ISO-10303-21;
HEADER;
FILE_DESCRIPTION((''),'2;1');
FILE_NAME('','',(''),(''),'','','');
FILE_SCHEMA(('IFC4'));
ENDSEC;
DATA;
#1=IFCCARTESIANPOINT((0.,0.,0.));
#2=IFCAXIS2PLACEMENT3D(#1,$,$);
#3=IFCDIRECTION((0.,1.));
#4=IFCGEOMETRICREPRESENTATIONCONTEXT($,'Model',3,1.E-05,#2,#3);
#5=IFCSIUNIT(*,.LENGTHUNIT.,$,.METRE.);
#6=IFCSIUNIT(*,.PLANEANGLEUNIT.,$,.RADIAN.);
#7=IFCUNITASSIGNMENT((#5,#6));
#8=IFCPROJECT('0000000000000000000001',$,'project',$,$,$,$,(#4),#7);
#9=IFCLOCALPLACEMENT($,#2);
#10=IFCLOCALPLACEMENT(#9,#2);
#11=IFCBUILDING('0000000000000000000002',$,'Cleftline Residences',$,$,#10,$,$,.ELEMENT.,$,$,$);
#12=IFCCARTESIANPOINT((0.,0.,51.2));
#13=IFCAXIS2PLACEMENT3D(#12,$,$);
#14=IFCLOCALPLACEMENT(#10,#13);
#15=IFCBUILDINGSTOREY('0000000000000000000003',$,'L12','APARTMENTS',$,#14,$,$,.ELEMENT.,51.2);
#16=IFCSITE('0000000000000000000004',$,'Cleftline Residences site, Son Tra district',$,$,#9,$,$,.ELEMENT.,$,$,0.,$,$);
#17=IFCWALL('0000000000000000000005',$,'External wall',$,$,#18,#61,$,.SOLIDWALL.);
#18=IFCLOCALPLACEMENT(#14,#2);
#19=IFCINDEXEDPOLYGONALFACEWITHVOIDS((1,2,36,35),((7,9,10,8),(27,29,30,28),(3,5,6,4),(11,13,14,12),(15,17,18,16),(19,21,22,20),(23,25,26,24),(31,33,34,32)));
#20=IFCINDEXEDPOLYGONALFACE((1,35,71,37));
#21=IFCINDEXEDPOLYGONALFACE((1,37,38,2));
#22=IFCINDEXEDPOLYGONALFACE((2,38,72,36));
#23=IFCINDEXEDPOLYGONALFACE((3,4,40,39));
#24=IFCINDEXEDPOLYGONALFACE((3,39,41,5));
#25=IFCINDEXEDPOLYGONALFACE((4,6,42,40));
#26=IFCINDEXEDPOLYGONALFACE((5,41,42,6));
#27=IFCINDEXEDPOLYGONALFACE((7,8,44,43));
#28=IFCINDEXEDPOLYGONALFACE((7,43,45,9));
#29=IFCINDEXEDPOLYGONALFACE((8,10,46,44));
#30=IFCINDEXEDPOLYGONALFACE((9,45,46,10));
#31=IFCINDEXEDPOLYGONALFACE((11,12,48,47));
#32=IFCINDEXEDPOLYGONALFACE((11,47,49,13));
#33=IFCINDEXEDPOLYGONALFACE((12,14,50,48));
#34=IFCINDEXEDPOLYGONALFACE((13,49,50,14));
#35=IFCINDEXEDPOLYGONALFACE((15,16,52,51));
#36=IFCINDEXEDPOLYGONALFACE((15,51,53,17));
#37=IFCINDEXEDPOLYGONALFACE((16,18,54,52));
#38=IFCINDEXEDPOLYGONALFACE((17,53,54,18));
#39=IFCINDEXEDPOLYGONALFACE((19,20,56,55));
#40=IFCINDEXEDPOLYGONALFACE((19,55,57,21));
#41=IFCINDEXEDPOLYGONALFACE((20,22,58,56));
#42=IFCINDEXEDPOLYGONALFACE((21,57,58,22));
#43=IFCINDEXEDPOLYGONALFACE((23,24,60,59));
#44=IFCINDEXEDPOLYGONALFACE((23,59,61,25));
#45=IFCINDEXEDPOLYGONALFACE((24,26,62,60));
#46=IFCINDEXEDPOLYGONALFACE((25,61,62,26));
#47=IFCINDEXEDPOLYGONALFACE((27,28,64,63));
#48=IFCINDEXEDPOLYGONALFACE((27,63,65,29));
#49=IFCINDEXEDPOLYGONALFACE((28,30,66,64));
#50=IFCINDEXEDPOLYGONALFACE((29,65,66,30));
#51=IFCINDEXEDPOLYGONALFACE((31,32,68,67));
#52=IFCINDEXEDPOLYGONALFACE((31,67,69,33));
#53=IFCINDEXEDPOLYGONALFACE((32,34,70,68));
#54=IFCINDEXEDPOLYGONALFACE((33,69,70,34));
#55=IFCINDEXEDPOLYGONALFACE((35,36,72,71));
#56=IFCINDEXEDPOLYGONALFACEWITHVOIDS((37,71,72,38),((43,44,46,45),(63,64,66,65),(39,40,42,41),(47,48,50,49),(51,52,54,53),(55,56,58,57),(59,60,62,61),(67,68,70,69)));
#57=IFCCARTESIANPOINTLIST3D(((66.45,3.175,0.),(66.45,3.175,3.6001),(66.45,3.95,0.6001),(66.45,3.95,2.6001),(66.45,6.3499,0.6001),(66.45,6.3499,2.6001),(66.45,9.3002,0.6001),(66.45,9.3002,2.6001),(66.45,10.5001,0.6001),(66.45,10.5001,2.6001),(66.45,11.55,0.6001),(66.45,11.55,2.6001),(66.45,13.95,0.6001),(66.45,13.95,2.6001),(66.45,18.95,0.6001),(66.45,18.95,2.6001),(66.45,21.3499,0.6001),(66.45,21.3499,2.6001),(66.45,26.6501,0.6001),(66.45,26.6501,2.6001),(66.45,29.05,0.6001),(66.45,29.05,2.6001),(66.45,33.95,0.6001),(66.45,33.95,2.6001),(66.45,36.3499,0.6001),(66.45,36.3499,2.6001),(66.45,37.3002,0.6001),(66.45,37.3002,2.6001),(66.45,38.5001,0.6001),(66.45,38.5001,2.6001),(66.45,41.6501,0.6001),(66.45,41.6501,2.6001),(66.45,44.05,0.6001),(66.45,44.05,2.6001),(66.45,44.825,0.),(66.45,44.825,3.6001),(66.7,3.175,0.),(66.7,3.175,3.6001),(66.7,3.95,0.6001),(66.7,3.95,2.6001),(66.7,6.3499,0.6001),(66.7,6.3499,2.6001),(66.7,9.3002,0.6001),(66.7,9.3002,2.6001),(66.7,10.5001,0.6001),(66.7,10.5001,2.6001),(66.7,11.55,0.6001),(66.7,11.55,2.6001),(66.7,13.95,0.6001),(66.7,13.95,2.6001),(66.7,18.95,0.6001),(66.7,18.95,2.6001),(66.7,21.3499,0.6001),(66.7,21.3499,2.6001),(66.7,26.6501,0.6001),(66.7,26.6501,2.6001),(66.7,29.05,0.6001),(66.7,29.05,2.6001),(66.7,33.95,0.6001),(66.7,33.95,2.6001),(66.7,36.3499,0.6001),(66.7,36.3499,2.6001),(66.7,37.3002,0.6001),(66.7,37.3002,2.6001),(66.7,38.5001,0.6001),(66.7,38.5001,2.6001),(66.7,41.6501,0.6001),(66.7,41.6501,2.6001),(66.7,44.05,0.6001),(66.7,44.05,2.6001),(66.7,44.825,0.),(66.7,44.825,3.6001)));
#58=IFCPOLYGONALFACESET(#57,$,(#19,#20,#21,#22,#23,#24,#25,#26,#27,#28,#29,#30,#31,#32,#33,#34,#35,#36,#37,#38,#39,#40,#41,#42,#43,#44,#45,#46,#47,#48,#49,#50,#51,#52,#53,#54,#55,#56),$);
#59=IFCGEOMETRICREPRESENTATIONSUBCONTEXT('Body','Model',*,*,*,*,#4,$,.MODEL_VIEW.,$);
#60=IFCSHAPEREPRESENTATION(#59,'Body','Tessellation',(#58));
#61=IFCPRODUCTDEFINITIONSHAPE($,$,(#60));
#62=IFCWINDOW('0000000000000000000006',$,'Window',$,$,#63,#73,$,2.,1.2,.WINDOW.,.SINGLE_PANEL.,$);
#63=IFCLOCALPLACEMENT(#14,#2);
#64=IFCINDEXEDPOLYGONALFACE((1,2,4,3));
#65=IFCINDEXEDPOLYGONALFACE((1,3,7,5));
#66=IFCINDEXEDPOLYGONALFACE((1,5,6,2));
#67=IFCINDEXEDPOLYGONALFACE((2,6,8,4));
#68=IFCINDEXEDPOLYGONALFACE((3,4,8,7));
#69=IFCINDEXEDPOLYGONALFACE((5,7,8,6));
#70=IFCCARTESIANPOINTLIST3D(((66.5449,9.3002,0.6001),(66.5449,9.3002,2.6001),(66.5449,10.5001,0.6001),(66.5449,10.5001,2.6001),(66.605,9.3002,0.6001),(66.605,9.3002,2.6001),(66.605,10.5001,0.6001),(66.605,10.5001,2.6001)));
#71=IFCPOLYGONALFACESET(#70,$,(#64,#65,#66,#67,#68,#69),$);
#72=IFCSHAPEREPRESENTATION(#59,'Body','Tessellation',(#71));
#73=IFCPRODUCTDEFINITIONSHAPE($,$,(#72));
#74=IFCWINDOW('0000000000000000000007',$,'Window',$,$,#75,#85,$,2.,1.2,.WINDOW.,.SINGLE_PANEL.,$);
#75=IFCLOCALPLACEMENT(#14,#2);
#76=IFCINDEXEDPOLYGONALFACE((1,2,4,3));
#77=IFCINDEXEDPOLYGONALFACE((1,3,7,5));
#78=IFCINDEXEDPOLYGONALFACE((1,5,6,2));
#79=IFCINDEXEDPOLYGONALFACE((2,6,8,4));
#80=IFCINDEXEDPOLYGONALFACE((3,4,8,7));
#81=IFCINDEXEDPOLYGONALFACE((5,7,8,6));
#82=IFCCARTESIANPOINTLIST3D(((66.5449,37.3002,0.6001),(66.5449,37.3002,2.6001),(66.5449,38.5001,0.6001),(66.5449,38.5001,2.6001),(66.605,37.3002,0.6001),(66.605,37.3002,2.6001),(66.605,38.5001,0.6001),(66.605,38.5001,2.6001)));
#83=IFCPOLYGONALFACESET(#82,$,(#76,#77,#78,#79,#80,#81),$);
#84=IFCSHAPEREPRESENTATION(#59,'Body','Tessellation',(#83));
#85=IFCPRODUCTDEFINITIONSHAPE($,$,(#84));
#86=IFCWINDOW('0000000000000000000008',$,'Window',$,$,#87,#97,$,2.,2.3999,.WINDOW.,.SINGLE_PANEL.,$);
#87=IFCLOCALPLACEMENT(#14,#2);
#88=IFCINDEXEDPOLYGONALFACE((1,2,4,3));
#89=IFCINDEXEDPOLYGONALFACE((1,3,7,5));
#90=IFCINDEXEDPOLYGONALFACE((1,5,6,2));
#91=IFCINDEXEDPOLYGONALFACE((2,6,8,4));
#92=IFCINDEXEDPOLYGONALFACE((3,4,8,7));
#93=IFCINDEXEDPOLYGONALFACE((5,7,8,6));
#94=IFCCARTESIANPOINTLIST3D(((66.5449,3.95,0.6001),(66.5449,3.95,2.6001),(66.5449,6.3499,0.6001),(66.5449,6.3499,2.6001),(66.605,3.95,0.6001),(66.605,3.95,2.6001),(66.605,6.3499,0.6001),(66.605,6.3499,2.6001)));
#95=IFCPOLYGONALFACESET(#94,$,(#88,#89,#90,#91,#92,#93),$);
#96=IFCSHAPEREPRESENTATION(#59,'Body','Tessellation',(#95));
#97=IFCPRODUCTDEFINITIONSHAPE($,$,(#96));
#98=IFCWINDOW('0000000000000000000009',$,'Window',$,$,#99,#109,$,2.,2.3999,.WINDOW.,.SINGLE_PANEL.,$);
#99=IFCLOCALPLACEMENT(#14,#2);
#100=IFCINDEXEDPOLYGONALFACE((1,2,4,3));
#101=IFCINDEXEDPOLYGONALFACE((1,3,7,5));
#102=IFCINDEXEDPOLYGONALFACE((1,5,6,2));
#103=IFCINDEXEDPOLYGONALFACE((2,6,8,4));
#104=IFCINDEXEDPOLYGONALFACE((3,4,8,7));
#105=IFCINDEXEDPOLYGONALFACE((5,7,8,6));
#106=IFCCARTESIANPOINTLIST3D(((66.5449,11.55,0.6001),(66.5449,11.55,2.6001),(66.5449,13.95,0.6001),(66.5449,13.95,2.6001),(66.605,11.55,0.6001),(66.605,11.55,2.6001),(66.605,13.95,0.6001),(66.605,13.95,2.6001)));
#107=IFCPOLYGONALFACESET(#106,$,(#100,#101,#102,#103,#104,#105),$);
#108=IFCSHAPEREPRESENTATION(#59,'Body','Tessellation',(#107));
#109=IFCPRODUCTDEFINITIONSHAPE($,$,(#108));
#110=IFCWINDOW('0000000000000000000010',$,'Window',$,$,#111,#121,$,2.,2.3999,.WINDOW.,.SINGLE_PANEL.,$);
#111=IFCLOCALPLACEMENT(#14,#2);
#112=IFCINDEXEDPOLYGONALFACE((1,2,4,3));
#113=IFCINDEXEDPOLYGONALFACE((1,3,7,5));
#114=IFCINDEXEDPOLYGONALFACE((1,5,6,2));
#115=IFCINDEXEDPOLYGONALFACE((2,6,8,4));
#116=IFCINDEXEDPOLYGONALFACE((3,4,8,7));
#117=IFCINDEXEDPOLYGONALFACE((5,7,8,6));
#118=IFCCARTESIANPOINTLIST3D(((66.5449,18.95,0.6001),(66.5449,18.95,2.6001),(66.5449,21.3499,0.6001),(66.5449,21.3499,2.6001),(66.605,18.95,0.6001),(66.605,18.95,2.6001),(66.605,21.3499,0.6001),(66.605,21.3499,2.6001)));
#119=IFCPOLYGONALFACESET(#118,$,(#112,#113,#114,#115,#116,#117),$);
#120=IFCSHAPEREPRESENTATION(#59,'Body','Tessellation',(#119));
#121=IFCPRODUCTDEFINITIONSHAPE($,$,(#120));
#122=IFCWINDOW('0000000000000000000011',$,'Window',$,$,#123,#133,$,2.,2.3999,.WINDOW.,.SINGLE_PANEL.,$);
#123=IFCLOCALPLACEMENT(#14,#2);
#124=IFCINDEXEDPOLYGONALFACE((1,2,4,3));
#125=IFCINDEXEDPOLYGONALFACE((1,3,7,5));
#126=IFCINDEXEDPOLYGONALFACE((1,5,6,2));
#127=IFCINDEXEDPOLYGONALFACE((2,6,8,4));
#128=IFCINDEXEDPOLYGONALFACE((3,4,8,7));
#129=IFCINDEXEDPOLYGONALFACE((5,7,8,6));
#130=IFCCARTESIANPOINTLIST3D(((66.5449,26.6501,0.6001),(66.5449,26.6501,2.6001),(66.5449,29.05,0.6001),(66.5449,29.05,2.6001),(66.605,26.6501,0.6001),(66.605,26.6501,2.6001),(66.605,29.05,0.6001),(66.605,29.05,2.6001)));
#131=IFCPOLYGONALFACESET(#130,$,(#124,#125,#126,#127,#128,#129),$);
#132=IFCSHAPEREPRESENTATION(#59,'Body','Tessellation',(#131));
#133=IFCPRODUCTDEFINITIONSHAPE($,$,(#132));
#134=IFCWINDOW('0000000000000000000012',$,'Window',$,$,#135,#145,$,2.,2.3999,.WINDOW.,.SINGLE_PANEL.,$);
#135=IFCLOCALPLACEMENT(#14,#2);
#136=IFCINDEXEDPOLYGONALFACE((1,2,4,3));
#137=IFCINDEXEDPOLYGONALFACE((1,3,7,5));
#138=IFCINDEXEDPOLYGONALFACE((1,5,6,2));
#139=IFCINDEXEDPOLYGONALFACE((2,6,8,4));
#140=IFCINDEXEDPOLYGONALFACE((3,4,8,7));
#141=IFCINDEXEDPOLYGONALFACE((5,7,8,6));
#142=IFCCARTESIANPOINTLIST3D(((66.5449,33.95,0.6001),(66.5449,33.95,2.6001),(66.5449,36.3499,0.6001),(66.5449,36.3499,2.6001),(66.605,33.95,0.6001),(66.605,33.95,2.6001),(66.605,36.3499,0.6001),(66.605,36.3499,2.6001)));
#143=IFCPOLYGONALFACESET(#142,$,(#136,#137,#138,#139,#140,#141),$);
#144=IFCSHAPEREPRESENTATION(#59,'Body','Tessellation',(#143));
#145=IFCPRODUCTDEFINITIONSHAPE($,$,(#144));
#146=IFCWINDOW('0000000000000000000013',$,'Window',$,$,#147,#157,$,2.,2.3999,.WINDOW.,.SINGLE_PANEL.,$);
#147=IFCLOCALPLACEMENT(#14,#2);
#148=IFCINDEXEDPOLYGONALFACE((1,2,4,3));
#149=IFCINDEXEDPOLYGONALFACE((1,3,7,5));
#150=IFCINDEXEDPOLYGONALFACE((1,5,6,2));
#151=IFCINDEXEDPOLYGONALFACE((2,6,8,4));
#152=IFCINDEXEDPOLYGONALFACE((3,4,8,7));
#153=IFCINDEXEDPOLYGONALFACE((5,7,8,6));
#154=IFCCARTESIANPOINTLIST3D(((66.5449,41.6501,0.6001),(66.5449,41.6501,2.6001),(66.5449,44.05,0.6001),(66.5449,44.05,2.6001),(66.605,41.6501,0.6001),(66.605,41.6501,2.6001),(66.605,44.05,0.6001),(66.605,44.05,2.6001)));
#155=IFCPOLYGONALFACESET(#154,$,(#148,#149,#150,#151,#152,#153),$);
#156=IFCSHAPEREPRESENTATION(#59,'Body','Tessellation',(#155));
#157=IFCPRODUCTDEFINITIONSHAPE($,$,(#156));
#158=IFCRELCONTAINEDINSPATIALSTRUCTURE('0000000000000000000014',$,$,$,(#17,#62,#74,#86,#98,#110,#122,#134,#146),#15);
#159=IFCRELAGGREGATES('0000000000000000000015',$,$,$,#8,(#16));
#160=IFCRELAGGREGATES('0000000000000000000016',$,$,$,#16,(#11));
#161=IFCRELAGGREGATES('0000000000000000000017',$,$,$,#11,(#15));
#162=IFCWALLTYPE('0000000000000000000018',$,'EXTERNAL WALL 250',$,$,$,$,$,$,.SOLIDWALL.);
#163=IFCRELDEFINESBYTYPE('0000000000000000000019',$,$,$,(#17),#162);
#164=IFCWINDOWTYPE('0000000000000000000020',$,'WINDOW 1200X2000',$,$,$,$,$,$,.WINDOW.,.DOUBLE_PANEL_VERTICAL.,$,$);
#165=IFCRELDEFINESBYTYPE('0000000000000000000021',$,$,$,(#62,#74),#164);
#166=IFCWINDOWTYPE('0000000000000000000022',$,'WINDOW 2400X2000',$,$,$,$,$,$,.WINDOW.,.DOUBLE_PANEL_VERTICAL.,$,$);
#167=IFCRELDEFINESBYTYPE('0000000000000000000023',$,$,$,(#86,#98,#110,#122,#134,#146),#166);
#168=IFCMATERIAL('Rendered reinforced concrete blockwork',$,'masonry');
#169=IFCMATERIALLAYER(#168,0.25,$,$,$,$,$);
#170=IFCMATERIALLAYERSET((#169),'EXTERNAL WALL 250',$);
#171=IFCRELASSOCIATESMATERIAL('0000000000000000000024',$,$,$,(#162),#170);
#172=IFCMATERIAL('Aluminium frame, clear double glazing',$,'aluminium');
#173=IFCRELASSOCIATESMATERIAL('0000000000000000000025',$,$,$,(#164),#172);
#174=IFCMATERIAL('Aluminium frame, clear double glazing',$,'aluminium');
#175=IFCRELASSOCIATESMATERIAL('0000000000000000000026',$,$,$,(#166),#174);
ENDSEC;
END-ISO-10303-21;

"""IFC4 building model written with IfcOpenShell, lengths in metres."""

from ifc_helpers import new_model, si_unit, direction, frame, frame_2d, origin, place, context, subcontext, project, spatial, rectangle, extrude, material, layer, layer_set, type_object, element, fill, save


model = new_model("IFC4")

# Units and contexts
model_context = context("Model", 3, precision=1e-05, world=origin(), true_north=direction((0.0, 1.0)))
body_context = subcontext(model_context, "Body", "Model", "MODEL_VIEW")
ifc_project = project(units=[si_unit("LENGTHUNIT", "METRE"), si_unit("PLANEANGLEUNIT", "RADIAN")], contexts=[model_context])

# Site, building, storey
site_placement = place(None, origin())
site = spatial("IfcSite", under=ifc_project, at=site_placement, Name="Cleftline Residences site, Son Tra district", CompositionType="ELEMENT", RefElevation=0.0)
building_placement = place(site_placement, origin())
building = spatial("IfcBuilding", under=site, at=building_placement, Name="Cleftline Residences", CompositionType="ELEMENT")
storey_placement = place(building_placement, frame((0.0, 0.0, 51.2)))
storey = spatial("IfcBuildingStorey", under=building, at=storey_placement, Name="L12", Description="APARTMENTS", CompositionType="ELEMENT", Elevation=51.2)

# Wall, openings, windows
ifc_material_1 = material(Name="Rendered reinforced concrete blockwork", Category="masonry")
ifc_layer_1 = layer(ifc_material_1, 0.25)
ifc_layer_set_1 = layer_set([ifc_layer_1], Name="EXTERNAL WALL 250")
wall_type_1 = type_object("IfcWallType", Name="EXTERNAL WALL 250", PredefinedType="SOLIDWALL", material=ifc_layer_set_1)
ifc_material_2 = material(Name="Aluminium frame, clear double glazing", Category="aluminium")
window_type_1 = type_object("IfcWindowType", Name="WINDOW 1200X2000", PartitioningType="DOUBLE_PANEL_VERTICAL", PredefinedType="WINDOW", material=ifc_material_2)
wall_1_placement = place(storey_placement, frame((66.575, 3.175, 0.0), z_axis=(0.0, 0.0, 1.0), x_axis=(0.0, 1.0, 0.0)))
wall_1 = element("IfcWall", 1, at=wall_1_placement, inside=storey, type_object=wall_type_1, Name="External wall", PredefinedType="SOLIDWALL", context=body_context, shape_type="SweptSolid", body=[
    extrude(rectangle(XDim=41.6499, YDim=0.25, at=frame_2d((20.825, 0.0))), origin(), (0.0, 0.0, 1.0), 3.6001),
])
opening_1_placement = place(wall_1_placement, frame((0.7749, 0.0, 0.6001)))
opening_1 = element("IfcOpeningElement", 2, at=opening_1_placement, cuts=wall_1, PredefinedType="OPENING", context=body_context, shape_type="SweptSolid", body=[
    extrude(rectangle(XDim=2.3999, YDim=2.0, at=frame_2d((1.2, 1.0))), frame((0.0, 0.135, 0.0), z_axis=(0.0, -1.0, 0.0), x_axis=(1.0, 0.0, 0.0)), (0.0, 0.0, 1.0), 0.27),
])
opening_2_placement = place(wall_1_placement, frame((6.125, 0.0, 0.6001)))
opening_2 = element("IfcOpeningElement", 3, at=opening_2_placement, cuts=wall_1, PredefinedType="OPENING", context=body_context, shape_type="SweptSolid", body=[
    extrude(rectangle(XDim=1.2, YDim=2.0, at=frame_2d((0.6001, 1.0))), frame((0.0, 0.135, 0.0), z_axis=(0.0, -1.0, 0.0), x_axis=(1.0, 0.0, 0.0)), (0.0, 0.0, 1.0), 0.27),
])
opening_3_placement = place(wall_1_placement, frame((8.375, 0.0, 0.6001)))
opening_3 = element("IfcOpeningElement", 4, at=opening_3_placement, cuts=wall_1, PredefinedType="OPENING", context=body_context, shape_type="SweptSolid", body=[
    extrude(rectangle(XDim=2.3999, YDim=2.0, at=frame_2d((1.2, 1.0))), frame((0.0, 0.135, 0.0), z_axis=(0.0, -1.0, 0.0), x_axis=(1.0, 0.0, 0.0)), (0.0, 0.0, 1.0), 0.27),
])
opening_4_placement = place(wall_1_placement, frame((15.7749, 0.0, 0.6001)))
opening_4 = element("IfcOpeningElement", 5, at=opening_4_placement, cuts=wall_1, PredefinedType="OPENING", context=body_context, shape_type="SweptSolid", body=[
    extrude(rectangle(XDim=2.3999, YDim=2.0, at=frame_2d((1.2, 1.0))), frame((0.0, 0.135, 0.0), z_axis=(0.0, -1.0, 0.0), x_axis=(1.0, 0.0, 0.0)), (0.0, 0.0, 1.0), 0.27),
])
opening_5_placement = place(wall_1_placement, frame((23.4751, 0.0, 0.6001)))
opening_5 = element("IfcOpeningElement", 6, at=opening_5_placement, cuts=wall_1, PredefinedType="OPENING", context=body_context, shape_type="SweptSolid", body=[
    extrude(rectangle(XDim=2.3999, YDim=2.0, at=frame_2d((1.2, 1.0))), frame((0.0, 0.135, 0.0), z_axis=(0.0, -1.0, 0.0), x_axis=(1.0, 0.0, 0.0)), (0.0, 0.0, 1.0), 0.27),
])
opening_6_placement = place(wall_1_placement, frame((30.7749, 0.0, 0.6001)))
opening_6 = element("IfcOpeningElement", 7, at=opening_6_placement, cuts=wall_1, PredefinedType="OPENING", context=body_context, shape_type="SweptSolid", body=[
    extrude(rectangle(XDim=2.3999, YDim=2.0, at=frame_2d((1.2, 1.0))), frame((0.0, 0.135, 0.0), z_axis=(0.0, -1.0, 0.0), x_axis=(1.0, 0.0, 0.0)), (0.0, 0.0, 1.0), 0.27),
])
opening_7_placement = place(wall_1_placement, frame((34.125, 0.0, 0.6001)))
opening_7 = element("IfcOpeningElement", 8, at=opening_7_placement, cuts=wall_1, PredefinedType="OPENING", context=body_context, shape_type="SweptSolid", body=[
    extrude(rectangle(XDim=1.2, YDim=2.0, at=frame_2d((0.6001, 1.0))), frame((0.0, 0.135, 0.0), z_axis=(0.0, -1.0, 0.0), x_axis=(1.0, 0.0, 0.0)), (0.0, 0.0, 1.0), 0.27),
])
opening_8_placement = place(wall_1_placement, frame((38.4751, 0.0, 0.6001)))
opening_8 = element("IfcOpeningElement", 9, at=opening_8_placement, cuts=wall_1, PredefinedType="OPENING", context=body_context, shape_type="SweptSolid", body=[
    extrude(rectangle(XDim=2.3999, YDim=2.0, at=frame_2d((1.2, 1.0))), frame((0.0, 0.135, 0.0), z_axis=(0.0, -1.0, 0.0), x_axis=(1.0, 0.0, 0.0)), (0.0, 0.0, 1.0), 0.27),
])
window_1_placement = place(opening_2_placement, origin())
window_1 = element("IfcWindow", 10, at=window_1_placement, inside=storey, type_object=window_type_1, Name="Window", OverallHeight=2.0, OverallWidth=1.2, PartitioningType="SINGLE_PANEL", PredefinedType="WINDOW", context=body_context, shape_type="SweptSolid", body=[
    extrude(rectangle(XDim=1.2, YDim=2.0, at=frame_2d((0.6001, 1.0))), frame((0.0, 0.03, 0.0), z_axis=(0.0, -1.0, 0.0), x_axis=(1.0, 0.0, 0.0)), (0.0, 0.0, 1.0), 0.0601),
])
fill(opening_2, window_1)
window_2_placement = place(opening_7_placement, origin())
window_2 = element("IfcWindow", 11, at=window_2_placement, inside=storey, type_object=window_type_1, Name="Window", OverallHeight=2.0, OverallWidth=1.2, PartitioningType="SINGLE_PANEL", PredefinedType="WINDOW", context=body_context, shape_type="SweptSolid", body=[
    extrude(rectangle(XDim=1.2, YDim=2.0, at=frame_2d((0.6001, 1.0))), frame((0.0, 0.03, 0.0), z_axis=(0.0, -1.0, 0.0), x_axis=(1.0, 0.0, 0.0)), (0.0, 0.0, 1.0), 0.0601),
])
fill(opening_7, window_2)
ifc_material_3 = material(Name="Aluminium frame, clear double glazing", Category="aluminium")
window_type_2 = type_object("IfcWindowType", Name="WINDOW 2400X2000", PartitioningType="DOUBLE_PANEL_VERTICAL", PredefinedType="WINDOW", material=ifc_material_3)
window_3_placement = place(opening_1_placement, origin())
window_3 = element("IfcWindow", 12, at=window_3_placement, inside=storey, type_object=window_type_2, Name="Window", OverallHeight=2.0, OverallWidth=2.3999, PartitioningType="SINGLE_PANEL", PredefinedType="WINDOW", context=body_context, shape_type="SweptSolid", body=[
    extrude(rectangle(XDim=2.3999, YDim=2.0, at=frame_2d((1.2, 1.0))), frame((0.0, 0.03, 0.0), z_axis=(0.0, -1.0, 0.0), x_axis=(1.0, 0.0, 0.0)), (0.0, 0.0, 1.0), 0.0601),
])
fill(opening_1, window_3)
window_4_placement = place(opening_3_placement, origin())
window_4 = element("IfcWindow", 13, at=window_4_placement, inside=storey, type_object=window_type_2, Name="Window", OverallHeight=2.0, OverallWidth=2.3999, PartitioningType="SINGLE_PANEL", PredefinedType="WINDOW", context=body_context, shape_type="SweptSolid", body=[
    extrude(rectangle(XDim=2.3999, YDim=2.0, at=frame_2d((1.2, 1.0))), frame((0.0, 0.03, 0.0), z_axis=(0.0, -1.0, 0.0), x_axis=(1.0, 0.0, 0.0)), (0.0, 0.0, 1.0), 0.0601),
])
fill(opening_3, window_4)
window_5_placement = place(opening_4_placement, origin())
window_5 = element("IfcWindow", 14, at=window_5_placement, inside=storey, type_object=window_type_2, Name="Window", OverallHeight=2.0, OverallWidth=2.3999, PartitioningType="SINGLE_PANEL", PredefinedType="WINDOW", context=body_context, shape_type="SweptSolid", body=[
    extrude(rectangle(XDim=2.3999, YDim=2.0, at=frame_2d((1.2, 1.0))), frame((0.0, 0.03, 0.0), z_axis=(0.0, -1.0, 0.0), x_axis=(1.0, 0.0, 0.0)), (0.0, 0.0, 1.0), 0.0601),
])
fill(opening_4, window_5)
window_6_placement = place(opening_5_placement, origin())
window_6 = element("IfcWindow", 15, at=window_6_placement, inside=storey, type_object=window_type_2, Name="Window", OverallHeight=2.0, OverallWidth=2.3999, PartitioningType="SINGLE_PANEL", PredefinedType="WINDOW", context=body_context, shape_type="SweptSolid", body=[
    extrude(rectangle(XDim=2.3999, YDim=2.0, at=frame_2d((1.2, 1.0))), frame((0.0, 0.03, 0.0), z_axis=(0.0, -1.0, 0.0), x_axis=(1.0, 0.0, 0.0)), (0.0, 0.0, 1.0), 0.0601),
])
fill(opening_5, window_6)
window_7_placement = place(opening_6_placement, origin())
window_7 = element("IfcWindow", 16, at=window_7_placement, inside=storey, type_object=window_type_2, Name="Window", OverallHeight=2.0, OverallWidth=2.3999, PartitioningType="SINGLE_PANEL", PredefinedType="WINDOW", context=body_context, shape_type="SweptSolid", body=[
    extrude(rectangle(XDim=2.3999, YDim=2.0, at=frame_2d((1.2, 1.0))), frame((0.0, 0.03, 0.0), z_axis=(0.0, -1.0, 0.0), x_axis=(1.0, 0.0, 0.0)), (0.0, 0.0, 1.0), 0.0601),
])
fill(opening_6, window_7)
window_8_placement = place(opening_8_placement, origin())
window_8 = element("IfcWindow", 17, at=window_8_placement, inside=storey, type_object=window_type_2, Name="Window", OverallHeight=2.0, OverallWidth=2.3999, PartitioningType="SINGLE_PANEL", PredefinedType="WINDOW", context=body_context, shape_type="SweptSolid", body=[
    extrude(rectangle(XDim=2.3999, YDim=2.0, at=frame_2d((1.2, 1.0))), frame((0.0, 0.03, 0.0), z_axis=(0.0, -1.0, 0.0), x_axis=(1.0, 0.0, 0.0)), (0.0, 0.0, 1.0), 0.0601),
])
fill(opening_8, window_8)

save(model, "model.ifc")
